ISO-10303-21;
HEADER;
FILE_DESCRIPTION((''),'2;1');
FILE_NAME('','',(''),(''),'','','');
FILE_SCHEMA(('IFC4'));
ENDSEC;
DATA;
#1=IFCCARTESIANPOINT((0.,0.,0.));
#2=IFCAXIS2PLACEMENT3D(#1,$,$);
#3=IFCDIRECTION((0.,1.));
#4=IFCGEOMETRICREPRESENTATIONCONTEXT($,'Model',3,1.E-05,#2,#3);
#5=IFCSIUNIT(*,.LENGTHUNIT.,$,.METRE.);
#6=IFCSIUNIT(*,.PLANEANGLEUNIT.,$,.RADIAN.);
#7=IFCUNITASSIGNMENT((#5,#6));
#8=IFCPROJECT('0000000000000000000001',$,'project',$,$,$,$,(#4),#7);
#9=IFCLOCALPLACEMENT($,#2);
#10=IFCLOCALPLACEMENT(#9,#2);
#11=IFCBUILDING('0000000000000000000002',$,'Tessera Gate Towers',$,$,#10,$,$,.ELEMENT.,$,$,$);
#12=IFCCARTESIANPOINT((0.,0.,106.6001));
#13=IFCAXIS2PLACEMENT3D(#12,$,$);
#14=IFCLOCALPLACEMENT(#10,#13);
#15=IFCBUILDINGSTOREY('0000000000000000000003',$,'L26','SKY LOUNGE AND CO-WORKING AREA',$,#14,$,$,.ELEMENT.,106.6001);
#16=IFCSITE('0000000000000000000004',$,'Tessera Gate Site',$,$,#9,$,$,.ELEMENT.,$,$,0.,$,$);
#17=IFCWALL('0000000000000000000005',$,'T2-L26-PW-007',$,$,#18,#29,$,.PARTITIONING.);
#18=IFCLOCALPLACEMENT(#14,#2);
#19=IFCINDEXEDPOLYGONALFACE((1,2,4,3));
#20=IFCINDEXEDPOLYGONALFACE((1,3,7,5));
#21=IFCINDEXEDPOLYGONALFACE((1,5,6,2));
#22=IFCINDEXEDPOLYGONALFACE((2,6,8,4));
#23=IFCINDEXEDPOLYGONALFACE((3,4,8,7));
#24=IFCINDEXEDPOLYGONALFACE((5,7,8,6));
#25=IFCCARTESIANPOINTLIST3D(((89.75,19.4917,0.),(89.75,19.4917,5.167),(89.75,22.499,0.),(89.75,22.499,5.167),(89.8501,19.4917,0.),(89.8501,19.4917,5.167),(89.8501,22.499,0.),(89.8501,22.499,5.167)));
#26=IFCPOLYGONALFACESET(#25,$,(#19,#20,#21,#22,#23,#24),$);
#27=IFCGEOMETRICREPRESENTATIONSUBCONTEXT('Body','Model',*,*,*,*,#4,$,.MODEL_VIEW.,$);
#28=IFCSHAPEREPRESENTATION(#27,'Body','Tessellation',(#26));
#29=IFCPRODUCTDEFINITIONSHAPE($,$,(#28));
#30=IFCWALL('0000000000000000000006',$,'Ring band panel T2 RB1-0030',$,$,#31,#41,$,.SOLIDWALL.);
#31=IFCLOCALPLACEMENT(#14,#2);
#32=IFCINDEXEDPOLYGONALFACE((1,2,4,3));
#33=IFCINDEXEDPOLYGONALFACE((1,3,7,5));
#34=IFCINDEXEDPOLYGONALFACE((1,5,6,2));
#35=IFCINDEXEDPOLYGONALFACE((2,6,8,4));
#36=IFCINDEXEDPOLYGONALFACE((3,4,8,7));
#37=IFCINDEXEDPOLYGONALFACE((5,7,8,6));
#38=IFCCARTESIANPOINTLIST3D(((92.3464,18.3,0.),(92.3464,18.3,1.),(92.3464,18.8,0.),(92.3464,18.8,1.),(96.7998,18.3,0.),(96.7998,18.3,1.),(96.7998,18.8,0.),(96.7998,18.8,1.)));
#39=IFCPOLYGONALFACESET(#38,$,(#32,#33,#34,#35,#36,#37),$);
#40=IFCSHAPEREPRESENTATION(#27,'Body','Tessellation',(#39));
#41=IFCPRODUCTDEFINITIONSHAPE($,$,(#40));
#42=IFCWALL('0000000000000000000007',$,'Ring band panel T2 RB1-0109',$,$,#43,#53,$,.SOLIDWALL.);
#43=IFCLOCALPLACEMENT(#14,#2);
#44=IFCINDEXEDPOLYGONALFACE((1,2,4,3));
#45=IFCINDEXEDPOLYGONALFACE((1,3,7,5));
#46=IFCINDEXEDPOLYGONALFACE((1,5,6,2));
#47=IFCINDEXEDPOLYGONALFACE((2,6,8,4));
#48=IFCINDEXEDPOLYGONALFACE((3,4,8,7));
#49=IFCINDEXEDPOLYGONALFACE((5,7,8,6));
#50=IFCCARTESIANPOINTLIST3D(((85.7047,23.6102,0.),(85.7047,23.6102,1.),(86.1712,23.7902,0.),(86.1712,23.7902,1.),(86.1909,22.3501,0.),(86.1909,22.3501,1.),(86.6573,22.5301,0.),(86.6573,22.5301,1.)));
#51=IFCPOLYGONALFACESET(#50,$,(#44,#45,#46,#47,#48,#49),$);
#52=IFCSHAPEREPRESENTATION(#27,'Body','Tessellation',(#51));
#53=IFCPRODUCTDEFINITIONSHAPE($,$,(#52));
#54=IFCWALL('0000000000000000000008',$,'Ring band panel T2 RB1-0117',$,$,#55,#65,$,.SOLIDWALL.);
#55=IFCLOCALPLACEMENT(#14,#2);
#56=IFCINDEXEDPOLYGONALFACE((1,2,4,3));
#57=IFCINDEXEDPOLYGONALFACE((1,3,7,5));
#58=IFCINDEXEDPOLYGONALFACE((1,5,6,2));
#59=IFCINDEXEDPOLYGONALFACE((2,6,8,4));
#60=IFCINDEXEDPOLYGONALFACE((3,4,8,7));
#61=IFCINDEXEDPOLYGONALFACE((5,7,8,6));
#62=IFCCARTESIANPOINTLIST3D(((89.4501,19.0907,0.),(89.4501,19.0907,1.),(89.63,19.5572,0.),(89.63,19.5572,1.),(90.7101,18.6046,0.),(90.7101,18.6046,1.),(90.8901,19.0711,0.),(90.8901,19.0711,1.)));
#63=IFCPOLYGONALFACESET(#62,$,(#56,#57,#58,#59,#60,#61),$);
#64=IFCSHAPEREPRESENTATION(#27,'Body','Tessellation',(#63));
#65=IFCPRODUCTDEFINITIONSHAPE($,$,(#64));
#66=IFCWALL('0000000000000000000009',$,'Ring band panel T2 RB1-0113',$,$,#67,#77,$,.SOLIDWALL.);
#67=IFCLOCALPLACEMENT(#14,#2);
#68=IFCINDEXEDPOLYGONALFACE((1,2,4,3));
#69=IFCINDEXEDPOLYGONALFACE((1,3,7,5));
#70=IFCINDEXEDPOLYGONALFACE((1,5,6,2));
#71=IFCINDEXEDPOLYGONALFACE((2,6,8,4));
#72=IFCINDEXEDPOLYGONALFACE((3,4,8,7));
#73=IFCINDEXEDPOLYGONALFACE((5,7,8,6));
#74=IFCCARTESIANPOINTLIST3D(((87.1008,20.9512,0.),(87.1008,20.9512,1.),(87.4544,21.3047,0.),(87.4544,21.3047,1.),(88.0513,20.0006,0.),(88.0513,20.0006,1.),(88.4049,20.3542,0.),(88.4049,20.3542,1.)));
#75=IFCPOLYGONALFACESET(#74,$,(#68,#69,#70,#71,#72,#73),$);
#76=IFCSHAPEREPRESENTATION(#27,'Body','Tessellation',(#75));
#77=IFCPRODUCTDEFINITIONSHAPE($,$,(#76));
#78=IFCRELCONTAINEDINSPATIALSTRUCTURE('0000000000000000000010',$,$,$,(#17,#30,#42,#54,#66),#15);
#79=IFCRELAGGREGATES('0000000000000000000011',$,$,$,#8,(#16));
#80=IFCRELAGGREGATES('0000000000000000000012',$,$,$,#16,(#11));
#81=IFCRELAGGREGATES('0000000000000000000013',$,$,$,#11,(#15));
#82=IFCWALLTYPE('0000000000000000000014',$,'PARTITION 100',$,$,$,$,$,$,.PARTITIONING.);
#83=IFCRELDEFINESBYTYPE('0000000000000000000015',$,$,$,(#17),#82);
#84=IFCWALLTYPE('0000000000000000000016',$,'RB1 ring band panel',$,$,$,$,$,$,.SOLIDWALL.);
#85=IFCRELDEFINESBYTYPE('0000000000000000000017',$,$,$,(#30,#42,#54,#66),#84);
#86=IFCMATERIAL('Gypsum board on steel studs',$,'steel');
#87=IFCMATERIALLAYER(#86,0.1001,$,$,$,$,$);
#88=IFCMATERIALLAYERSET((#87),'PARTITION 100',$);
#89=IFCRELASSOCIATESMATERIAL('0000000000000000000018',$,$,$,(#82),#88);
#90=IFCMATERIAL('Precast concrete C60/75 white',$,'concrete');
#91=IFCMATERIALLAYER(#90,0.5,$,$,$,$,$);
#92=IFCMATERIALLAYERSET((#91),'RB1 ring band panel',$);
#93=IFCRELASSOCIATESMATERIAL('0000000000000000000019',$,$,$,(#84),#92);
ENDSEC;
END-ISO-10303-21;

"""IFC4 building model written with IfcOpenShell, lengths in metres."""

from ifc_helpers import new_model, si_unit, direction, frame, frame_2d, origin, place, context, subcontext, project, spatial, polyline, rectangle, outline, extrude, source, transform, mapped, material, layer, layer_set, type_object, element, save


model = new_model("IFC4")

# Units and contexts
model_context = context("Model", 3, precision=1e-05, world=origin(), true_north=direction((0.0, 1.0)))
body_context = subcontext(model_context, "Body", "Model", "MODEL_VIEW")
ifc_project = project(units=[si_unit("LENGTHUNIT", "METRE"), si_unit("PLANEANGLEUNIT", "RADIAN")], contexts=[model_context])

# Site, building, storey
site_placement = place(None, origin())
site = spatial("IfcSite", under=ifc_project, at=site_placement, Name="Tessera Gate Site", CompositionType="ELEMENT", RefElevation=0.0)
building_placement = place(site_placement, origin())
building = spatial("IfcBuilding", under=site, at=building_placement, Name="Tessera Gate Towers", CompositionType="ELEMENT")
storey_placement = place(building_placement, frame((0.0, 0.0, 106.6001)))
storey = spatial("IfcBuildingStorey", under=building, at=storey_placement, Name="L26", Description="SKY LOUNGE AND CO-WORKING AREA", CompositionType="ELEMENT", Elevation=106.6001)

# Walls
ifc_material_1 = material(Name="Gypsum board on steel studs", Category="steel")
ifc_layer_1 = layer(ifc_material_1, 0.1001)
ifc_layer_set_1 = layer_set([ifc_layer_1], Name="PARTITION 100")
wall_type_1 = type_object("IfcWallType", Name="PARTITION 100", PredefinedType="PARTITIONING", material=ifc_layer_set_1)
wall_1_placement = place(storey_placement, frame((89.8, 19.4917, 0.0), z_axis=(0.0, 0.0, 1.0), x_axis=(0.0, 1.0, 0.0)))
element("IfcWall", 1, at=wall_1_placement, inside=storey, type_object=wall_type_1, Name="T2-L26-PW-007", PredefinedType="PARTITIONING", context=body_context, shape_type="SweptSolid", body=[
    extrude(rectangle(XDim=3.0073, YDim=0.1001, at=frame_2d((1.5037, 0.0))), origin(), (0.0, 0.0, 1.0), 5.167),
])
ifc_material_2 = material(Name="Precast concrete C60/75 white", Category="concrete")
ifc_layer_2 = layer(ifc_material_2, 0.5)
ifc_layer_set_2 = layer_set([ifc_layer_2], Name="RB1 ring band panel")
wall_type_2 = type_object("IfcWallType", Name="RB1 ring band panel", PredefinedType="SOLIDWALL", material=ifc_layer_set_2)
shared_shape_1 = source(origin(), body_context, "Body", "SweptSolid", [
    extrude(outline(polyline([(0.0, 0.0), (4.4534, 0.0), (4.4534, 1.0), (0.0, 1.0), (0.0, 0.0)])), frame((0.0, 0.25, 0.0), z_axis=(0.0, -1.0, 0.0), x_axis=(1.0, 0.0, 0.0)), (0.0, 0.0, 1.0), 0.5),
])
wall_2_placement = place(storey_placement, frame((92.3464, 18.55, 0.0), z_axis=(0.0, 0.0, 1.0), x_axis=(1.0, 0.0, 0.0)))
element("IfcWall", 2, at=wall_2_placement, inside=storey, type_object=wall_type_2, Name="Ring band panel T2 RB1-0030", PredefinedType="SOLIDWALL", context=body_context, shape_type="MappedRepresentation", body=[
    mapped(shared_shape_1, transform((0.0, 0.0, 0.0), scale=1.0)),
])
shared_shape_2 = source(origin(), body_context, "Body", "SweptSolid", [
    extrude(outline(polyline([(0.0, 0.0), (1.3506, 0.0), (1.3506, 1.0), (0.0, 1.0), (0.0, 0.0)])), frame((0.0, 0.25, 0.0), z_axis=(0.0, -1.0, 0.0), x_axis=(1.0, 0.0, 0.0)), (0.0, 0.0, 1.0), 0.5),
])
for number, where, z_axis, x_axis, name in (
    (3, (85.938, 23.7002, 0.0), (0.0, 0.0, 1.0), (0.359924, -0.932982, 0.0), "Ring band panel T2 RB1-0109"),
    (4, (89.54, 19.324, 0.0), (0.0, 0.0, 1.0), (0.932982, -0.359924, 0.0), "Ring band panel T2 RB1-0117"),
):
    element("IfcWall", number, at=place(storey_placement, frame(where, z_axis=z_axis, x_axis=x_axis)), inside=storey, type_object=wall_type_2, Name=name, PredefinedType="SOLIDWALL", context=body_context, shape_type="MappedRepresentation", body=[
        mapped(shared_shape_2, transform((0.0, 0.0, 0.0), scale=1.0)),
    ])
shared_shape_3 = source(origin(), body_context, "Body", "SweptSolid", [
    extrude(outline(polyline([(0.0, 0.0), (1.3442, 0.0), (1.3442, 1.0), (0.0, 1.0), (0.0, 0.0)])), frame((0.0, 0.25, 0.0), z_axis=(0.0, -1.0, 0.0), x_axis=(1.0, 0.0, 0.0)), (0.0, 0.0, 1.0), 0.5),
])
wall_3_placement = place(storey_placement, frame((87.2776, 21.1279, 0.0), z_axis=(0.0, 0.0, 1.0), x_axis=(0.707107, -0.707107, 0.0)))
element("IfcWall", 5, at=wall_3_placement, inside=storey, type_object=wall_type_2, Name="Ring band panel T2 RB1-0113", PredefinedType="SOLIDWALL", context=body_context, shape_type="MappedRepresentation", body=[
    mapped(shared_shape_3, transform((0.0, 0.0, 0.0), scale=1.0)),
])

save(model, "model.ifc")
